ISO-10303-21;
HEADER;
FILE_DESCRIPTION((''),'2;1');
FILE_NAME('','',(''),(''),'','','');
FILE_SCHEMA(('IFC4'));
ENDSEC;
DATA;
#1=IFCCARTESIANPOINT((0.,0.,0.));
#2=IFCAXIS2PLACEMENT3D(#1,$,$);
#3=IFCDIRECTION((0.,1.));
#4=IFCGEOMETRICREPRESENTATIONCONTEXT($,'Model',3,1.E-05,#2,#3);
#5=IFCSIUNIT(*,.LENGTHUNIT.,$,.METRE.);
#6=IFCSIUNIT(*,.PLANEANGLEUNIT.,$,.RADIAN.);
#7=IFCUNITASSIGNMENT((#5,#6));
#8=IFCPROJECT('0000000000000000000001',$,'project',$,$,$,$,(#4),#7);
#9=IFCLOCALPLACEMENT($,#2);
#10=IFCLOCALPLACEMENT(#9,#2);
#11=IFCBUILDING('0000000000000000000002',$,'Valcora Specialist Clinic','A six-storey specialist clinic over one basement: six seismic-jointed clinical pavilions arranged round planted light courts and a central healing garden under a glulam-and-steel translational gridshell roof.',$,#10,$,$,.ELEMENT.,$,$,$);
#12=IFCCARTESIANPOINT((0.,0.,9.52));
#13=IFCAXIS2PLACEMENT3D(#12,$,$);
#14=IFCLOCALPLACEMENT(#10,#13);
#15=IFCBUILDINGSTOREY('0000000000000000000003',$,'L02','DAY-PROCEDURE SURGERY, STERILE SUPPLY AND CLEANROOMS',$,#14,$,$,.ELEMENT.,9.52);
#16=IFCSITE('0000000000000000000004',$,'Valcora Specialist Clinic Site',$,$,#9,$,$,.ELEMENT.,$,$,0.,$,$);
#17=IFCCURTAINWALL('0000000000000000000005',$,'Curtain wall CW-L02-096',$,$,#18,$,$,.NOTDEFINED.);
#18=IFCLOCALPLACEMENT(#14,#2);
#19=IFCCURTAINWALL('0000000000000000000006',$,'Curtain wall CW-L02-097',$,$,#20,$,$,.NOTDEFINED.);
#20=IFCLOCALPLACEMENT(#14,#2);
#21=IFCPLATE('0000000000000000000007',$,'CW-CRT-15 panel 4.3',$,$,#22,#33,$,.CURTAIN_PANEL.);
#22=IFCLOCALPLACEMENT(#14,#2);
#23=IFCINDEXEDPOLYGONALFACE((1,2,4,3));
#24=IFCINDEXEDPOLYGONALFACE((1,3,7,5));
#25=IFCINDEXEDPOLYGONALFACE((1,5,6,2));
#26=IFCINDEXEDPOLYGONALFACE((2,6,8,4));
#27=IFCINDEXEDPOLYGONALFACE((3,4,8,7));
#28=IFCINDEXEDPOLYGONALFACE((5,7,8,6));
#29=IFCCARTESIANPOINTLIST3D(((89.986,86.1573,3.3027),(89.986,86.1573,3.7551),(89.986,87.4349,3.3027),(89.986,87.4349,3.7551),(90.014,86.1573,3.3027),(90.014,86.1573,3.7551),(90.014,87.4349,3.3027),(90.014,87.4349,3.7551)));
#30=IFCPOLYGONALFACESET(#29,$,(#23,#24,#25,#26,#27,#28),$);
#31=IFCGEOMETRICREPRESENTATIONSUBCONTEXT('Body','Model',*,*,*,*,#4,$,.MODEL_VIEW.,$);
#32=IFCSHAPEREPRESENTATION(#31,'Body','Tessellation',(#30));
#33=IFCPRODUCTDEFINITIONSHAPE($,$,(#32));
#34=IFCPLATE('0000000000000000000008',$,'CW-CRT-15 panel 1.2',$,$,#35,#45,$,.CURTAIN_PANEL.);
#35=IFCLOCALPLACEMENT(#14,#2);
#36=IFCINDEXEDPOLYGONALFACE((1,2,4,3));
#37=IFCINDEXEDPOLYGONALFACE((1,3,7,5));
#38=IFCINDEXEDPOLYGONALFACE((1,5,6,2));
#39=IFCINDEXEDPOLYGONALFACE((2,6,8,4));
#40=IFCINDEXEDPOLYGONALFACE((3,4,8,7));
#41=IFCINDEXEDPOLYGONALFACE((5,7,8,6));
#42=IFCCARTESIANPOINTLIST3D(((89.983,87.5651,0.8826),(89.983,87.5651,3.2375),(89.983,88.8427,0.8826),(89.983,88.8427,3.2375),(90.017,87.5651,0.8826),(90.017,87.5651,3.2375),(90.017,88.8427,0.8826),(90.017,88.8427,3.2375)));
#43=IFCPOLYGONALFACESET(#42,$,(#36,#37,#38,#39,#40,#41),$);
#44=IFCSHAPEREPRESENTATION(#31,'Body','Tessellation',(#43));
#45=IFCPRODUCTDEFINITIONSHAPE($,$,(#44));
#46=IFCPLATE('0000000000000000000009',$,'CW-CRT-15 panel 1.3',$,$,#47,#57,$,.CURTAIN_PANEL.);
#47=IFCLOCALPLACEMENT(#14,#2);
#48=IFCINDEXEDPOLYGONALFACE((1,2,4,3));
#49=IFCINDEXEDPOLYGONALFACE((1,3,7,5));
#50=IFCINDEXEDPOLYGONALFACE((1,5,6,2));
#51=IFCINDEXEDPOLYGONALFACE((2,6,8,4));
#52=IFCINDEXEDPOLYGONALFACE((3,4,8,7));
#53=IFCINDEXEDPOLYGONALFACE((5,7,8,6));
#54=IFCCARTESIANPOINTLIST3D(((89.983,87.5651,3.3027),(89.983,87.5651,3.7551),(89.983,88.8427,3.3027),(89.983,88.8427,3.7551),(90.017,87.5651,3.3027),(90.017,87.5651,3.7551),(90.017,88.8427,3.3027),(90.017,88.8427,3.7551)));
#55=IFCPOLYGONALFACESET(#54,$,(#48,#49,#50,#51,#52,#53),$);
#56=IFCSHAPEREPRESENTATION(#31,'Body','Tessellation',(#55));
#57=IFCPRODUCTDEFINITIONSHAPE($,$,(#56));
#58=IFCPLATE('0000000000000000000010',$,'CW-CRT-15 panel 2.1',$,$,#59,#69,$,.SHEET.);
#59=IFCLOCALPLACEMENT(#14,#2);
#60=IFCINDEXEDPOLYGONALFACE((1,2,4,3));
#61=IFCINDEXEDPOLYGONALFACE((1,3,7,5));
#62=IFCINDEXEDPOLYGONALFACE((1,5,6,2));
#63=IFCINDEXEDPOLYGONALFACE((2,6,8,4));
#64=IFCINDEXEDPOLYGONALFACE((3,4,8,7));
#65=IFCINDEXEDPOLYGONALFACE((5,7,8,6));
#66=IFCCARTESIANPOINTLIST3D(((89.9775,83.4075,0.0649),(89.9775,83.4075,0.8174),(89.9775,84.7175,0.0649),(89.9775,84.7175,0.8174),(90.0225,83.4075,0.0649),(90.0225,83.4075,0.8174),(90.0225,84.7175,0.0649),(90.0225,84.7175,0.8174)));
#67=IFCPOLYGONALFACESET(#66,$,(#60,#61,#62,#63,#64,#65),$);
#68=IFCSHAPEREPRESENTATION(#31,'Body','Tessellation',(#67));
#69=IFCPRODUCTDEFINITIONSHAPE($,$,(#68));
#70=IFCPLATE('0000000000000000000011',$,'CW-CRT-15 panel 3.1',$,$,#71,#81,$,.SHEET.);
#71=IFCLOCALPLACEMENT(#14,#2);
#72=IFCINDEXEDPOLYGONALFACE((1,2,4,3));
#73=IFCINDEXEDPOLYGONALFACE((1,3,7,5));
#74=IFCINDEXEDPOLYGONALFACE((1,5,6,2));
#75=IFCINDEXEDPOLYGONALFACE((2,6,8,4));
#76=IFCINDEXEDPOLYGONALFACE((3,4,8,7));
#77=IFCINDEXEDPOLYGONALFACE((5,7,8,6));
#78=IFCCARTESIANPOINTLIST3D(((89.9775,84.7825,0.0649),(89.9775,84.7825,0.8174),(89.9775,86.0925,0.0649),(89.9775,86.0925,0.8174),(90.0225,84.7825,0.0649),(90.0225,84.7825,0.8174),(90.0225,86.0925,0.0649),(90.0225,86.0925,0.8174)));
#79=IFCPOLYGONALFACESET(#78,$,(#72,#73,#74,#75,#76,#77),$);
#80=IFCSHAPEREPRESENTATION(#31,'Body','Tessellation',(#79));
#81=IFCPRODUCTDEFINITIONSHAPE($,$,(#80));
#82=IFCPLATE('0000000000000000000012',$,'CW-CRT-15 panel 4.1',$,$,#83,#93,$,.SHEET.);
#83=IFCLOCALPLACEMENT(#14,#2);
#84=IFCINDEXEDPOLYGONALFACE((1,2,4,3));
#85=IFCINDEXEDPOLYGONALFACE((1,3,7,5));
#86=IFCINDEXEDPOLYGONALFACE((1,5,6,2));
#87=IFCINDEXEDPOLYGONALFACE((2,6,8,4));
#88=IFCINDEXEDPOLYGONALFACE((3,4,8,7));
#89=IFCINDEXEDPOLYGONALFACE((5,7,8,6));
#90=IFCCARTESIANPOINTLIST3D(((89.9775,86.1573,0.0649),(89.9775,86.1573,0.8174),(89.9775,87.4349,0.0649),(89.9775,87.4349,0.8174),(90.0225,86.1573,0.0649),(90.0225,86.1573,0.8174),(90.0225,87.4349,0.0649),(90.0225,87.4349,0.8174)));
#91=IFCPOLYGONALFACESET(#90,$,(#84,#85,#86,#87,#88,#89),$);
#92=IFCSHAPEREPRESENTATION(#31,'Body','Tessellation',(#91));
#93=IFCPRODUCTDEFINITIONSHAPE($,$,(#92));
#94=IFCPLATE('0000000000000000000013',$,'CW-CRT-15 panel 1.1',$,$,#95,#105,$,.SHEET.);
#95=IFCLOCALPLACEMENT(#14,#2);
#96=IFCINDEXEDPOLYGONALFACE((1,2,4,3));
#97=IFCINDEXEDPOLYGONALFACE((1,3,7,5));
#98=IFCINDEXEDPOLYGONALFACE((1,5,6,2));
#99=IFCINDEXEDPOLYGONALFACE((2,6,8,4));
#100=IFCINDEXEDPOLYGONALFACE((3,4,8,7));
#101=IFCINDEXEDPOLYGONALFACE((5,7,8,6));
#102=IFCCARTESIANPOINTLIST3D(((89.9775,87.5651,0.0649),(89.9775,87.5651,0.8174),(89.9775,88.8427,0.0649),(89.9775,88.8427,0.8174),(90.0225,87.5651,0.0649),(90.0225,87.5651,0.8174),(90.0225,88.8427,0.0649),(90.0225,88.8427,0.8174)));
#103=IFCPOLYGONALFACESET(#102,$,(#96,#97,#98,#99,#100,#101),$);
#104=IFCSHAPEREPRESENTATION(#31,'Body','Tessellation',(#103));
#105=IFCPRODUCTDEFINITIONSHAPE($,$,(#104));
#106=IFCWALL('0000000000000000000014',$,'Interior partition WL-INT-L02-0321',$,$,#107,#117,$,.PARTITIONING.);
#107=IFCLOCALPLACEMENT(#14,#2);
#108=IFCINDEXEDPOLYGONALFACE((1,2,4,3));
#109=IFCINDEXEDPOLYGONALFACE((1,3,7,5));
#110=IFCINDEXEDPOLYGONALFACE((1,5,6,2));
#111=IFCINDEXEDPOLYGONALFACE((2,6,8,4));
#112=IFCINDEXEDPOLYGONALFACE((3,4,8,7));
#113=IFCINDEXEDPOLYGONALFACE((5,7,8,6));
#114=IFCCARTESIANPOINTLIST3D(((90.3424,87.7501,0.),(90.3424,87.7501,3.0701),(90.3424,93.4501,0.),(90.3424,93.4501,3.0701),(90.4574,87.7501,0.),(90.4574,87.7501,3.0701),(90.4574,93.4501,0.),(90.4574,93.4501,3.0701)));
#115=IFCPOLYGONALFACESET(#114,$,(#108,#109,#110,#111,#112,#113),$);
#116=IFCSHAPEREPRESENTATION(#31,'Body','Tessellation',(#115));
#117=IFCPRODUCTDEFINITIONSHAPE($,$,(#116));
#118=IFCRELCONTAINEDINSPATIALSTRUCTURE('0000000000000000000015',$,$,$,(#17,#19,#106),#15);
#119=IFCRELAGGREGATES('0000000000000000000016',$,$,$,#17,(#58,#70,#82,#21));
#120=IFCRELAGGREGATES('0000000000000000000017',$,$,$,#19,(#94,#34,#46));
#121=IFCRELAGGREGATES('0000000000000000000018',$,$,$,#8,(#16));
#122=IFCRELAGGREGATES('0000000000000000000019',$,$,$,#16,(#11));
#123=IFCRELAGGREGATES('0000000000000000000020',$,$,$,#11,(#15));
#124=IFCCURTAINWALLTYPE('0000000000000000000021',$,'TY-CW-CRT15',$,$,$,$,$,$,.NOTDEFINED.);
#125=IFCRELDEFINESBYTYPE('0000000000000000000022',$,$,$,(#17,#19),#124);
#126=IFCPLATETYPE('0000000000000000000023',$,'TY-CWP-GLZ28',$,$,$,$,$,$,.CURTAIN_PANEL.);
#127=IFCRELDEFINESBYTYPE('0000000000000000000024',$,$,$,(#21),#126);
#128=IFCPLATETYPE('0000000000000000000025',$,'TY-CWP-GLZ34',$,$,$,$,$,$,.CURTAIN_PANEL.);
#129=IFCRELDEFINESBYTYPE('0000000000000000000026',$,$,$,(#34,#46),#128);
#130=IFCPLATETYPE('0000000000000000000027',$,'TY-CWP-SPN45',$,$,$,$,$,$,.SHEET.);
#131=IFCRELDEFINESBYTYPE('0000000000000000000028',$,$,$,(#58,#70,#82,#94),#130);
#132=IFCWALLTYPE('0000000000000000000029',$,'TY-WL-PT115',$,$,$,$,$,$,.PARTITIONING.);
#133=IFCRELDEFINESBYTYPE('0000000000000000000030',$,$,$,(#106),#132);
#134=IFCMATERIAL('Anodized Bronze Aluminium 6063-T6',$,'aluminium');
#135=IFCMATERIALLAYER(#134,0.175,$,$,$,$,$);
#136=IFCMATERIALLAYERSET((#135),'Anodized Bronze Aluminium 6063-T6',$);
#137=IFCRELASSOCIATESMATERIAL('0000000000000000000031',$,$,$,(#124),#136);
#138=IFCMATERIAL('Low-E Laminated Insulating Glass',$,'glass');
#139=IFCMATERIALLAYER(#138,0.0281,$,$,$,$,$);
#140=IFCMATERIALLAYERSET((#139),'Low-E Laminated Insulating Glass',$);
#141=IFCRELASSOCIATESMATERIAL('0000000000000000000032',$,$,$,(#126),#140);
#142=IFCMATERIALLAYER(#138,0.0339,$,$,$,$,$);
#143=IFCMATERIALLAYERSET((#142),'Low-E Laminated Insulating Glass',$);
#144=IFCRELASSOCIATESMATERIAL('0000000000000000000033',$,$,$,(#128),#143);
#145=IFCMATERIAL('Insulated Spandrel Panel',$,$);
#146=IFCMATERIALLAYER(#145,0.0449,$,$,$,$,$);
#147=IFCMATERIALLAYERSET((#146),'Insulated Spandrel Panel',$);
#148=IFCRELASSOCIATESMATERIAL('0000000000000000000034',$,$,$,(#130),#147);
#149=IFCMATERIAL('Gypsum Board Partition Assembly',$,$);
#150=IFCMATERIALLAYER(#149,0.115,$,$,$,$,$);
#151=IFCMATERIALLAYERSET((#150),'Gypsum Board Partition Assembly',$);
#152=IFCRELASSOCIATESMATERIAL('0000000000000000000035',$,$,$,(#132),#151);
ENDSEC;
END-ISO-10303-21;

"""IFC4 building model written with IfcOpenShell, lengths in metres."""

from ifc_helpers import new_model, si_unit, direction, frame, frame_2d, origin, origin_2d, place, context, subcontext, project, spatial, rectangle, extrude, material, layer, layer_set, type_object, element, aggregate, save


model = new_model("IFC4")

# Units and contexts
model_context = context("Model", 3, precision=1e-05, world=origin(), true_north=direction((0.0, 1.0)))
body_context = subcontext(model_context, "Body", "Model", "MODEL_VIEW")
ifc_project = project(units=[si_unit("LENGTHUNIT", "METRE"), si_unit("PLANEANGLEUNIT", "RADIAN")], contexts=[model_context])

# Site, building, storey
site_placement = place(None, origin())
site = spatial("IfcSite", under=ifc_project, at=site_placement, Name="Valcora Specialist Clinic Site", CompositionType="ELEMENT", RefElevation=0.0)
building_placement = place(site_placement, origin())
building = spatial("IfcBuilding", under=site, at=building_placement, Name="Valcora Specialist Clinic", Description="A six-storey specialist clinic over one basement: six seismic-jointed clinical pavilions arranged round planted light courts and a central healing garden under a glulam-and-steel translational gridshell roof.", CompositionType="ELEMENT")
storey_placement = place(building_placement, frame((0.0, 0.0, 9.52)))
storey = spatial("IfcBuildingStorey", under=building, at=storey_placement, Name="L02", Description="DAY-PROCEDURE SURGERY, STERILE SUPPLY AND CLEANROOMS", CompositionType="ELEMENT", Elevation=9.52)

# Curtain wall
ifc_material_1 = material(Name="Anodized Bronze Aluminium 6063-T6", Category="aluminium")
ifc_layer_1 = layer(ifc_material_1, 0.175)
ifc_layer_set_1 = layer_set([ifc_layer_1], Name="Anodized Bronze Aluminium 6063-T6")
curtain_wall_type = type_object("IfcCurtainWallType", Name="TY-CW-CRT15", PredefinedType="NOTDEFINED", material=ifc_layer_set_1)
curtain_wall_1_placement = place(storey_placement, origin())
curtain_wall_1 = element("IfcCurtainWall", 1, at=curtain_wall_1_placement, inside=storey, type_object=curtain_wall_type, Name="Curtain wall CW-L02-096", PredefinedType="NOTDEFINED")

# Curtain wall
curtain_wall_2_placement = place(storey_placement, origin())
curtain_wall_2 = element("IfcCurtainWall", 2, at=curtain_wall_2_placement, inside=storey, type_object=curtain_wall_type, Name="Curtain wall CW-L02-097", PredefinedType="NOTDEFINED")

# Plates
ifc_material_2 = material(Name="Low-E Laminated Insulating Glass", Category="glass")
ifc_layer_2 = layer(ifc_material_2, 0.0281)
ifc_layer_set_2 = layer_set([ifc_layer_2], Name="Low-E Laminated Insulating Glass")
plate_type_1 = type_object("IfcPlateType", Name="TY-CWP-GLZ28", PredefinedType="CURTAIN_PANEL", material=ifc_layer_set_2)
plate_1_placement = place(storey_placement, frame((90.0, 86.7961, 3.3027), z_axis=(0.0, 0.0, 1.0), x_axis=(0.0, 1.0, 0.0)))
plate_1 = element("IfcPlate", 3, at=plate_1_placement, type_object=plate_type_1, Name="CW-CRT-15 panel 4.3", PredefinedType="CURTAIN_PANEL", context=body_context, shape_type="SweptSolid", body=[
    extrude(rectangle(XDim=1.2776, YDim=0.0281, at=origin_2d()), origin(), (0.0, 0.0, 1.0), 0.4524),
])
ifc_layer_3 = layer(ifc_material_2, 0.0339)
ifc_layer_set_3 = layer_set([ifc_layer_3], Name="Low-E Laminated Insulating Glass")
plate_type_2 = type_object("IfcPlateType", Name="TY-CWP-GLZ34", PredefinedType="CURTAIN_PANEL", material=ifc_layer_set_3)
plate_2_placement = place(storey_placement, frame((90.0, 88.2039, 0.8826), z_axis=(0.0, 0.0, 1.0), x_axis=(0.0, 1.0, 0.0)))
plate_2 = element("IfcPlate", 4, at=plate_2_placement, type_object=plate_type_2, Name="CW-CRT-15 panel 1.2", PredefinedType="CURTAIN_PANEL", context=body_context, shape_type="SweptSolid", body=[
    extrude(rectangle(XDim=1.2776, YDim=0.0339, at=origin_2d()), origin(), (0.0, 0.0, 1.0), 2.355),
])
plate_3_placement = place(storey_placement, frame((90.0, 88.2039, 3.3027), z_axis=(0.0, 0.0, 1.0), x_axis=(0.0, 1.0, 0.0)))
plate_3 = element("IfcPlate", 5, at=plate_3_placement, type_object=plate_type_2, Name="CW-CRT-15 panel 1.3", PredefinedType="CURTAIN_PANEL", context=body_context, shape_type="SweptSolid", body=[
    extrude(rectangle(XDim=1.2776, YDim=0.0339, at=origin_2d()), origin(), (0.0, 0.0, 1.0), 0.4524),
])
ifc_material_3 = material(Name="Insulated Spandrel Panel")
ifc_layer_4 = layer(ifc_material_3, 0.0449)
ifc_layer_set_4 = layer_set([ifc_layer_4], Name="Insulated Spandrel Panel")
plate_type_3 = type_object("IfcPlateType", Name="TY-CWP-SPN45", PredefinedType="SHEET", material=ifc_layer_set_4)
plate_4_placement = place(storey_placement, frame((90.0, 84.0625, 0.0649), z_axis=(0.0, 0.0, 1.0), x_axis=(0.0, 1.0, 0.0)))
plate_4 = element("IfcPlate", 6, at=plate_4_placement, type_object=plate_type_3, Name="CW-CRT-15 panel 2.1", PredefinedType="SHEET", context=body_context, shape_type="SweptSolid", body=[
    extrude(rectangle(XDim=1.3101, YDim=0.0449, at=origin_2d()), origin(), (0.0, 0.0, 1.0), 0.7524),
])
plate_5_placement = place(storey_placement, frame((90.0, 85.4375, 0.0649), z_axis=(0.0, 0.0, 1.0), x_axis=(0.0, 1.0, 0.0)))
plate_5 = element("IfcPlate", 7, at=plate_5_placement, type_object=plate_type_3, Name="CW-CRT-15 panel 3.1", PredefinedType="SHEET", context=body_context, shape_type="SweptSolid", body=[
    extrude(rectangle(XDim=1.3101, YDim=0.0449, at=origin_2d()), origin(), (0.0, 0.0, 1.0), 0.7524),
])
plate_6_placement = place(storey_placement, frame((90.0, 86.7961, 0.0649), z_axis=(0.0, 0.0, 1.0), x_axis=(0.0, 1.0, 0.0)))
plate_6 = element("IfcPlate", 8, at=plate_6_placement, type_object=plate_type_3, Name="CW-CRT-15 panel 4.1", PredefinedType="SHEET", context=body_context, shape_type="SweptSolid", body=[
    extrude(rectangle(XDim=1.2776, YDim=0.0449, at=origin_2d()), origin(), (0.0, 0.0, 1.0), 0.7524),
])
aggregate(curtain_wall_1, [plate_4, plate_5, plate_6, plate_1])
plate_7_placement = place(storey_placement, frame((90.0, 88.2039, 0.0649), z_axis=(0.0, 0.0, 1.0), x_axis=(0.0, 1.0, 0.0)))
plate_7 = element("IfcPlate", 9, at=plate_7_placement, type_object=plate_type_3, Name="CW-CRT-15 panel 1.1", PredefinedType="SHEET", context=body_context, shape_type="SweptSolid", body=[
    extrude(rectangle(XDim=1.2776, YDim=0.0449, at=origin_2d()), origin(), (0.0, 0.0, 1.0), 0.7524),
])
aggregate(curtain_wall_2, [plate_7, plate_2, plate_3])

# Wall
ifc_material_4 = material(Name="Gypsum Board Partition Assembly")
ifc_layer_5 = layer(ifc_material_4, 0.115)
ifc_layer_set_5 = layer_set([ifc_layer_5], Name="Gypsum Board Partition Assembly")
wall_type = type_object("IfcWallType", Name="TY-WL-PT115", PredefinedType="PARTITIONING", material=ifc_layer_set_5)
wall_placement = place(storey_placement, frame((90.3999, 87.75, 0.0), z_axis=(0.0, 0.0, 1.0), x_axis=(0.0, 1.0, 0.0)))
element("IfcWall", 10, at=wall_placement, inside=storey, type_object=wall_type, Name="Interior partition WL-INT-L02-0321", PredefinedType="PARTITIONING", context=body_context, shape_type="SweptSolid", body=[
    extrude(rectangle(XDim=5.7, YDim=0.115, at=frame_2d((2.8501, 0.0))), origin(), (0.0, 0.0, 1.0), 3.0701),
])

save(model, "model.ifc")
